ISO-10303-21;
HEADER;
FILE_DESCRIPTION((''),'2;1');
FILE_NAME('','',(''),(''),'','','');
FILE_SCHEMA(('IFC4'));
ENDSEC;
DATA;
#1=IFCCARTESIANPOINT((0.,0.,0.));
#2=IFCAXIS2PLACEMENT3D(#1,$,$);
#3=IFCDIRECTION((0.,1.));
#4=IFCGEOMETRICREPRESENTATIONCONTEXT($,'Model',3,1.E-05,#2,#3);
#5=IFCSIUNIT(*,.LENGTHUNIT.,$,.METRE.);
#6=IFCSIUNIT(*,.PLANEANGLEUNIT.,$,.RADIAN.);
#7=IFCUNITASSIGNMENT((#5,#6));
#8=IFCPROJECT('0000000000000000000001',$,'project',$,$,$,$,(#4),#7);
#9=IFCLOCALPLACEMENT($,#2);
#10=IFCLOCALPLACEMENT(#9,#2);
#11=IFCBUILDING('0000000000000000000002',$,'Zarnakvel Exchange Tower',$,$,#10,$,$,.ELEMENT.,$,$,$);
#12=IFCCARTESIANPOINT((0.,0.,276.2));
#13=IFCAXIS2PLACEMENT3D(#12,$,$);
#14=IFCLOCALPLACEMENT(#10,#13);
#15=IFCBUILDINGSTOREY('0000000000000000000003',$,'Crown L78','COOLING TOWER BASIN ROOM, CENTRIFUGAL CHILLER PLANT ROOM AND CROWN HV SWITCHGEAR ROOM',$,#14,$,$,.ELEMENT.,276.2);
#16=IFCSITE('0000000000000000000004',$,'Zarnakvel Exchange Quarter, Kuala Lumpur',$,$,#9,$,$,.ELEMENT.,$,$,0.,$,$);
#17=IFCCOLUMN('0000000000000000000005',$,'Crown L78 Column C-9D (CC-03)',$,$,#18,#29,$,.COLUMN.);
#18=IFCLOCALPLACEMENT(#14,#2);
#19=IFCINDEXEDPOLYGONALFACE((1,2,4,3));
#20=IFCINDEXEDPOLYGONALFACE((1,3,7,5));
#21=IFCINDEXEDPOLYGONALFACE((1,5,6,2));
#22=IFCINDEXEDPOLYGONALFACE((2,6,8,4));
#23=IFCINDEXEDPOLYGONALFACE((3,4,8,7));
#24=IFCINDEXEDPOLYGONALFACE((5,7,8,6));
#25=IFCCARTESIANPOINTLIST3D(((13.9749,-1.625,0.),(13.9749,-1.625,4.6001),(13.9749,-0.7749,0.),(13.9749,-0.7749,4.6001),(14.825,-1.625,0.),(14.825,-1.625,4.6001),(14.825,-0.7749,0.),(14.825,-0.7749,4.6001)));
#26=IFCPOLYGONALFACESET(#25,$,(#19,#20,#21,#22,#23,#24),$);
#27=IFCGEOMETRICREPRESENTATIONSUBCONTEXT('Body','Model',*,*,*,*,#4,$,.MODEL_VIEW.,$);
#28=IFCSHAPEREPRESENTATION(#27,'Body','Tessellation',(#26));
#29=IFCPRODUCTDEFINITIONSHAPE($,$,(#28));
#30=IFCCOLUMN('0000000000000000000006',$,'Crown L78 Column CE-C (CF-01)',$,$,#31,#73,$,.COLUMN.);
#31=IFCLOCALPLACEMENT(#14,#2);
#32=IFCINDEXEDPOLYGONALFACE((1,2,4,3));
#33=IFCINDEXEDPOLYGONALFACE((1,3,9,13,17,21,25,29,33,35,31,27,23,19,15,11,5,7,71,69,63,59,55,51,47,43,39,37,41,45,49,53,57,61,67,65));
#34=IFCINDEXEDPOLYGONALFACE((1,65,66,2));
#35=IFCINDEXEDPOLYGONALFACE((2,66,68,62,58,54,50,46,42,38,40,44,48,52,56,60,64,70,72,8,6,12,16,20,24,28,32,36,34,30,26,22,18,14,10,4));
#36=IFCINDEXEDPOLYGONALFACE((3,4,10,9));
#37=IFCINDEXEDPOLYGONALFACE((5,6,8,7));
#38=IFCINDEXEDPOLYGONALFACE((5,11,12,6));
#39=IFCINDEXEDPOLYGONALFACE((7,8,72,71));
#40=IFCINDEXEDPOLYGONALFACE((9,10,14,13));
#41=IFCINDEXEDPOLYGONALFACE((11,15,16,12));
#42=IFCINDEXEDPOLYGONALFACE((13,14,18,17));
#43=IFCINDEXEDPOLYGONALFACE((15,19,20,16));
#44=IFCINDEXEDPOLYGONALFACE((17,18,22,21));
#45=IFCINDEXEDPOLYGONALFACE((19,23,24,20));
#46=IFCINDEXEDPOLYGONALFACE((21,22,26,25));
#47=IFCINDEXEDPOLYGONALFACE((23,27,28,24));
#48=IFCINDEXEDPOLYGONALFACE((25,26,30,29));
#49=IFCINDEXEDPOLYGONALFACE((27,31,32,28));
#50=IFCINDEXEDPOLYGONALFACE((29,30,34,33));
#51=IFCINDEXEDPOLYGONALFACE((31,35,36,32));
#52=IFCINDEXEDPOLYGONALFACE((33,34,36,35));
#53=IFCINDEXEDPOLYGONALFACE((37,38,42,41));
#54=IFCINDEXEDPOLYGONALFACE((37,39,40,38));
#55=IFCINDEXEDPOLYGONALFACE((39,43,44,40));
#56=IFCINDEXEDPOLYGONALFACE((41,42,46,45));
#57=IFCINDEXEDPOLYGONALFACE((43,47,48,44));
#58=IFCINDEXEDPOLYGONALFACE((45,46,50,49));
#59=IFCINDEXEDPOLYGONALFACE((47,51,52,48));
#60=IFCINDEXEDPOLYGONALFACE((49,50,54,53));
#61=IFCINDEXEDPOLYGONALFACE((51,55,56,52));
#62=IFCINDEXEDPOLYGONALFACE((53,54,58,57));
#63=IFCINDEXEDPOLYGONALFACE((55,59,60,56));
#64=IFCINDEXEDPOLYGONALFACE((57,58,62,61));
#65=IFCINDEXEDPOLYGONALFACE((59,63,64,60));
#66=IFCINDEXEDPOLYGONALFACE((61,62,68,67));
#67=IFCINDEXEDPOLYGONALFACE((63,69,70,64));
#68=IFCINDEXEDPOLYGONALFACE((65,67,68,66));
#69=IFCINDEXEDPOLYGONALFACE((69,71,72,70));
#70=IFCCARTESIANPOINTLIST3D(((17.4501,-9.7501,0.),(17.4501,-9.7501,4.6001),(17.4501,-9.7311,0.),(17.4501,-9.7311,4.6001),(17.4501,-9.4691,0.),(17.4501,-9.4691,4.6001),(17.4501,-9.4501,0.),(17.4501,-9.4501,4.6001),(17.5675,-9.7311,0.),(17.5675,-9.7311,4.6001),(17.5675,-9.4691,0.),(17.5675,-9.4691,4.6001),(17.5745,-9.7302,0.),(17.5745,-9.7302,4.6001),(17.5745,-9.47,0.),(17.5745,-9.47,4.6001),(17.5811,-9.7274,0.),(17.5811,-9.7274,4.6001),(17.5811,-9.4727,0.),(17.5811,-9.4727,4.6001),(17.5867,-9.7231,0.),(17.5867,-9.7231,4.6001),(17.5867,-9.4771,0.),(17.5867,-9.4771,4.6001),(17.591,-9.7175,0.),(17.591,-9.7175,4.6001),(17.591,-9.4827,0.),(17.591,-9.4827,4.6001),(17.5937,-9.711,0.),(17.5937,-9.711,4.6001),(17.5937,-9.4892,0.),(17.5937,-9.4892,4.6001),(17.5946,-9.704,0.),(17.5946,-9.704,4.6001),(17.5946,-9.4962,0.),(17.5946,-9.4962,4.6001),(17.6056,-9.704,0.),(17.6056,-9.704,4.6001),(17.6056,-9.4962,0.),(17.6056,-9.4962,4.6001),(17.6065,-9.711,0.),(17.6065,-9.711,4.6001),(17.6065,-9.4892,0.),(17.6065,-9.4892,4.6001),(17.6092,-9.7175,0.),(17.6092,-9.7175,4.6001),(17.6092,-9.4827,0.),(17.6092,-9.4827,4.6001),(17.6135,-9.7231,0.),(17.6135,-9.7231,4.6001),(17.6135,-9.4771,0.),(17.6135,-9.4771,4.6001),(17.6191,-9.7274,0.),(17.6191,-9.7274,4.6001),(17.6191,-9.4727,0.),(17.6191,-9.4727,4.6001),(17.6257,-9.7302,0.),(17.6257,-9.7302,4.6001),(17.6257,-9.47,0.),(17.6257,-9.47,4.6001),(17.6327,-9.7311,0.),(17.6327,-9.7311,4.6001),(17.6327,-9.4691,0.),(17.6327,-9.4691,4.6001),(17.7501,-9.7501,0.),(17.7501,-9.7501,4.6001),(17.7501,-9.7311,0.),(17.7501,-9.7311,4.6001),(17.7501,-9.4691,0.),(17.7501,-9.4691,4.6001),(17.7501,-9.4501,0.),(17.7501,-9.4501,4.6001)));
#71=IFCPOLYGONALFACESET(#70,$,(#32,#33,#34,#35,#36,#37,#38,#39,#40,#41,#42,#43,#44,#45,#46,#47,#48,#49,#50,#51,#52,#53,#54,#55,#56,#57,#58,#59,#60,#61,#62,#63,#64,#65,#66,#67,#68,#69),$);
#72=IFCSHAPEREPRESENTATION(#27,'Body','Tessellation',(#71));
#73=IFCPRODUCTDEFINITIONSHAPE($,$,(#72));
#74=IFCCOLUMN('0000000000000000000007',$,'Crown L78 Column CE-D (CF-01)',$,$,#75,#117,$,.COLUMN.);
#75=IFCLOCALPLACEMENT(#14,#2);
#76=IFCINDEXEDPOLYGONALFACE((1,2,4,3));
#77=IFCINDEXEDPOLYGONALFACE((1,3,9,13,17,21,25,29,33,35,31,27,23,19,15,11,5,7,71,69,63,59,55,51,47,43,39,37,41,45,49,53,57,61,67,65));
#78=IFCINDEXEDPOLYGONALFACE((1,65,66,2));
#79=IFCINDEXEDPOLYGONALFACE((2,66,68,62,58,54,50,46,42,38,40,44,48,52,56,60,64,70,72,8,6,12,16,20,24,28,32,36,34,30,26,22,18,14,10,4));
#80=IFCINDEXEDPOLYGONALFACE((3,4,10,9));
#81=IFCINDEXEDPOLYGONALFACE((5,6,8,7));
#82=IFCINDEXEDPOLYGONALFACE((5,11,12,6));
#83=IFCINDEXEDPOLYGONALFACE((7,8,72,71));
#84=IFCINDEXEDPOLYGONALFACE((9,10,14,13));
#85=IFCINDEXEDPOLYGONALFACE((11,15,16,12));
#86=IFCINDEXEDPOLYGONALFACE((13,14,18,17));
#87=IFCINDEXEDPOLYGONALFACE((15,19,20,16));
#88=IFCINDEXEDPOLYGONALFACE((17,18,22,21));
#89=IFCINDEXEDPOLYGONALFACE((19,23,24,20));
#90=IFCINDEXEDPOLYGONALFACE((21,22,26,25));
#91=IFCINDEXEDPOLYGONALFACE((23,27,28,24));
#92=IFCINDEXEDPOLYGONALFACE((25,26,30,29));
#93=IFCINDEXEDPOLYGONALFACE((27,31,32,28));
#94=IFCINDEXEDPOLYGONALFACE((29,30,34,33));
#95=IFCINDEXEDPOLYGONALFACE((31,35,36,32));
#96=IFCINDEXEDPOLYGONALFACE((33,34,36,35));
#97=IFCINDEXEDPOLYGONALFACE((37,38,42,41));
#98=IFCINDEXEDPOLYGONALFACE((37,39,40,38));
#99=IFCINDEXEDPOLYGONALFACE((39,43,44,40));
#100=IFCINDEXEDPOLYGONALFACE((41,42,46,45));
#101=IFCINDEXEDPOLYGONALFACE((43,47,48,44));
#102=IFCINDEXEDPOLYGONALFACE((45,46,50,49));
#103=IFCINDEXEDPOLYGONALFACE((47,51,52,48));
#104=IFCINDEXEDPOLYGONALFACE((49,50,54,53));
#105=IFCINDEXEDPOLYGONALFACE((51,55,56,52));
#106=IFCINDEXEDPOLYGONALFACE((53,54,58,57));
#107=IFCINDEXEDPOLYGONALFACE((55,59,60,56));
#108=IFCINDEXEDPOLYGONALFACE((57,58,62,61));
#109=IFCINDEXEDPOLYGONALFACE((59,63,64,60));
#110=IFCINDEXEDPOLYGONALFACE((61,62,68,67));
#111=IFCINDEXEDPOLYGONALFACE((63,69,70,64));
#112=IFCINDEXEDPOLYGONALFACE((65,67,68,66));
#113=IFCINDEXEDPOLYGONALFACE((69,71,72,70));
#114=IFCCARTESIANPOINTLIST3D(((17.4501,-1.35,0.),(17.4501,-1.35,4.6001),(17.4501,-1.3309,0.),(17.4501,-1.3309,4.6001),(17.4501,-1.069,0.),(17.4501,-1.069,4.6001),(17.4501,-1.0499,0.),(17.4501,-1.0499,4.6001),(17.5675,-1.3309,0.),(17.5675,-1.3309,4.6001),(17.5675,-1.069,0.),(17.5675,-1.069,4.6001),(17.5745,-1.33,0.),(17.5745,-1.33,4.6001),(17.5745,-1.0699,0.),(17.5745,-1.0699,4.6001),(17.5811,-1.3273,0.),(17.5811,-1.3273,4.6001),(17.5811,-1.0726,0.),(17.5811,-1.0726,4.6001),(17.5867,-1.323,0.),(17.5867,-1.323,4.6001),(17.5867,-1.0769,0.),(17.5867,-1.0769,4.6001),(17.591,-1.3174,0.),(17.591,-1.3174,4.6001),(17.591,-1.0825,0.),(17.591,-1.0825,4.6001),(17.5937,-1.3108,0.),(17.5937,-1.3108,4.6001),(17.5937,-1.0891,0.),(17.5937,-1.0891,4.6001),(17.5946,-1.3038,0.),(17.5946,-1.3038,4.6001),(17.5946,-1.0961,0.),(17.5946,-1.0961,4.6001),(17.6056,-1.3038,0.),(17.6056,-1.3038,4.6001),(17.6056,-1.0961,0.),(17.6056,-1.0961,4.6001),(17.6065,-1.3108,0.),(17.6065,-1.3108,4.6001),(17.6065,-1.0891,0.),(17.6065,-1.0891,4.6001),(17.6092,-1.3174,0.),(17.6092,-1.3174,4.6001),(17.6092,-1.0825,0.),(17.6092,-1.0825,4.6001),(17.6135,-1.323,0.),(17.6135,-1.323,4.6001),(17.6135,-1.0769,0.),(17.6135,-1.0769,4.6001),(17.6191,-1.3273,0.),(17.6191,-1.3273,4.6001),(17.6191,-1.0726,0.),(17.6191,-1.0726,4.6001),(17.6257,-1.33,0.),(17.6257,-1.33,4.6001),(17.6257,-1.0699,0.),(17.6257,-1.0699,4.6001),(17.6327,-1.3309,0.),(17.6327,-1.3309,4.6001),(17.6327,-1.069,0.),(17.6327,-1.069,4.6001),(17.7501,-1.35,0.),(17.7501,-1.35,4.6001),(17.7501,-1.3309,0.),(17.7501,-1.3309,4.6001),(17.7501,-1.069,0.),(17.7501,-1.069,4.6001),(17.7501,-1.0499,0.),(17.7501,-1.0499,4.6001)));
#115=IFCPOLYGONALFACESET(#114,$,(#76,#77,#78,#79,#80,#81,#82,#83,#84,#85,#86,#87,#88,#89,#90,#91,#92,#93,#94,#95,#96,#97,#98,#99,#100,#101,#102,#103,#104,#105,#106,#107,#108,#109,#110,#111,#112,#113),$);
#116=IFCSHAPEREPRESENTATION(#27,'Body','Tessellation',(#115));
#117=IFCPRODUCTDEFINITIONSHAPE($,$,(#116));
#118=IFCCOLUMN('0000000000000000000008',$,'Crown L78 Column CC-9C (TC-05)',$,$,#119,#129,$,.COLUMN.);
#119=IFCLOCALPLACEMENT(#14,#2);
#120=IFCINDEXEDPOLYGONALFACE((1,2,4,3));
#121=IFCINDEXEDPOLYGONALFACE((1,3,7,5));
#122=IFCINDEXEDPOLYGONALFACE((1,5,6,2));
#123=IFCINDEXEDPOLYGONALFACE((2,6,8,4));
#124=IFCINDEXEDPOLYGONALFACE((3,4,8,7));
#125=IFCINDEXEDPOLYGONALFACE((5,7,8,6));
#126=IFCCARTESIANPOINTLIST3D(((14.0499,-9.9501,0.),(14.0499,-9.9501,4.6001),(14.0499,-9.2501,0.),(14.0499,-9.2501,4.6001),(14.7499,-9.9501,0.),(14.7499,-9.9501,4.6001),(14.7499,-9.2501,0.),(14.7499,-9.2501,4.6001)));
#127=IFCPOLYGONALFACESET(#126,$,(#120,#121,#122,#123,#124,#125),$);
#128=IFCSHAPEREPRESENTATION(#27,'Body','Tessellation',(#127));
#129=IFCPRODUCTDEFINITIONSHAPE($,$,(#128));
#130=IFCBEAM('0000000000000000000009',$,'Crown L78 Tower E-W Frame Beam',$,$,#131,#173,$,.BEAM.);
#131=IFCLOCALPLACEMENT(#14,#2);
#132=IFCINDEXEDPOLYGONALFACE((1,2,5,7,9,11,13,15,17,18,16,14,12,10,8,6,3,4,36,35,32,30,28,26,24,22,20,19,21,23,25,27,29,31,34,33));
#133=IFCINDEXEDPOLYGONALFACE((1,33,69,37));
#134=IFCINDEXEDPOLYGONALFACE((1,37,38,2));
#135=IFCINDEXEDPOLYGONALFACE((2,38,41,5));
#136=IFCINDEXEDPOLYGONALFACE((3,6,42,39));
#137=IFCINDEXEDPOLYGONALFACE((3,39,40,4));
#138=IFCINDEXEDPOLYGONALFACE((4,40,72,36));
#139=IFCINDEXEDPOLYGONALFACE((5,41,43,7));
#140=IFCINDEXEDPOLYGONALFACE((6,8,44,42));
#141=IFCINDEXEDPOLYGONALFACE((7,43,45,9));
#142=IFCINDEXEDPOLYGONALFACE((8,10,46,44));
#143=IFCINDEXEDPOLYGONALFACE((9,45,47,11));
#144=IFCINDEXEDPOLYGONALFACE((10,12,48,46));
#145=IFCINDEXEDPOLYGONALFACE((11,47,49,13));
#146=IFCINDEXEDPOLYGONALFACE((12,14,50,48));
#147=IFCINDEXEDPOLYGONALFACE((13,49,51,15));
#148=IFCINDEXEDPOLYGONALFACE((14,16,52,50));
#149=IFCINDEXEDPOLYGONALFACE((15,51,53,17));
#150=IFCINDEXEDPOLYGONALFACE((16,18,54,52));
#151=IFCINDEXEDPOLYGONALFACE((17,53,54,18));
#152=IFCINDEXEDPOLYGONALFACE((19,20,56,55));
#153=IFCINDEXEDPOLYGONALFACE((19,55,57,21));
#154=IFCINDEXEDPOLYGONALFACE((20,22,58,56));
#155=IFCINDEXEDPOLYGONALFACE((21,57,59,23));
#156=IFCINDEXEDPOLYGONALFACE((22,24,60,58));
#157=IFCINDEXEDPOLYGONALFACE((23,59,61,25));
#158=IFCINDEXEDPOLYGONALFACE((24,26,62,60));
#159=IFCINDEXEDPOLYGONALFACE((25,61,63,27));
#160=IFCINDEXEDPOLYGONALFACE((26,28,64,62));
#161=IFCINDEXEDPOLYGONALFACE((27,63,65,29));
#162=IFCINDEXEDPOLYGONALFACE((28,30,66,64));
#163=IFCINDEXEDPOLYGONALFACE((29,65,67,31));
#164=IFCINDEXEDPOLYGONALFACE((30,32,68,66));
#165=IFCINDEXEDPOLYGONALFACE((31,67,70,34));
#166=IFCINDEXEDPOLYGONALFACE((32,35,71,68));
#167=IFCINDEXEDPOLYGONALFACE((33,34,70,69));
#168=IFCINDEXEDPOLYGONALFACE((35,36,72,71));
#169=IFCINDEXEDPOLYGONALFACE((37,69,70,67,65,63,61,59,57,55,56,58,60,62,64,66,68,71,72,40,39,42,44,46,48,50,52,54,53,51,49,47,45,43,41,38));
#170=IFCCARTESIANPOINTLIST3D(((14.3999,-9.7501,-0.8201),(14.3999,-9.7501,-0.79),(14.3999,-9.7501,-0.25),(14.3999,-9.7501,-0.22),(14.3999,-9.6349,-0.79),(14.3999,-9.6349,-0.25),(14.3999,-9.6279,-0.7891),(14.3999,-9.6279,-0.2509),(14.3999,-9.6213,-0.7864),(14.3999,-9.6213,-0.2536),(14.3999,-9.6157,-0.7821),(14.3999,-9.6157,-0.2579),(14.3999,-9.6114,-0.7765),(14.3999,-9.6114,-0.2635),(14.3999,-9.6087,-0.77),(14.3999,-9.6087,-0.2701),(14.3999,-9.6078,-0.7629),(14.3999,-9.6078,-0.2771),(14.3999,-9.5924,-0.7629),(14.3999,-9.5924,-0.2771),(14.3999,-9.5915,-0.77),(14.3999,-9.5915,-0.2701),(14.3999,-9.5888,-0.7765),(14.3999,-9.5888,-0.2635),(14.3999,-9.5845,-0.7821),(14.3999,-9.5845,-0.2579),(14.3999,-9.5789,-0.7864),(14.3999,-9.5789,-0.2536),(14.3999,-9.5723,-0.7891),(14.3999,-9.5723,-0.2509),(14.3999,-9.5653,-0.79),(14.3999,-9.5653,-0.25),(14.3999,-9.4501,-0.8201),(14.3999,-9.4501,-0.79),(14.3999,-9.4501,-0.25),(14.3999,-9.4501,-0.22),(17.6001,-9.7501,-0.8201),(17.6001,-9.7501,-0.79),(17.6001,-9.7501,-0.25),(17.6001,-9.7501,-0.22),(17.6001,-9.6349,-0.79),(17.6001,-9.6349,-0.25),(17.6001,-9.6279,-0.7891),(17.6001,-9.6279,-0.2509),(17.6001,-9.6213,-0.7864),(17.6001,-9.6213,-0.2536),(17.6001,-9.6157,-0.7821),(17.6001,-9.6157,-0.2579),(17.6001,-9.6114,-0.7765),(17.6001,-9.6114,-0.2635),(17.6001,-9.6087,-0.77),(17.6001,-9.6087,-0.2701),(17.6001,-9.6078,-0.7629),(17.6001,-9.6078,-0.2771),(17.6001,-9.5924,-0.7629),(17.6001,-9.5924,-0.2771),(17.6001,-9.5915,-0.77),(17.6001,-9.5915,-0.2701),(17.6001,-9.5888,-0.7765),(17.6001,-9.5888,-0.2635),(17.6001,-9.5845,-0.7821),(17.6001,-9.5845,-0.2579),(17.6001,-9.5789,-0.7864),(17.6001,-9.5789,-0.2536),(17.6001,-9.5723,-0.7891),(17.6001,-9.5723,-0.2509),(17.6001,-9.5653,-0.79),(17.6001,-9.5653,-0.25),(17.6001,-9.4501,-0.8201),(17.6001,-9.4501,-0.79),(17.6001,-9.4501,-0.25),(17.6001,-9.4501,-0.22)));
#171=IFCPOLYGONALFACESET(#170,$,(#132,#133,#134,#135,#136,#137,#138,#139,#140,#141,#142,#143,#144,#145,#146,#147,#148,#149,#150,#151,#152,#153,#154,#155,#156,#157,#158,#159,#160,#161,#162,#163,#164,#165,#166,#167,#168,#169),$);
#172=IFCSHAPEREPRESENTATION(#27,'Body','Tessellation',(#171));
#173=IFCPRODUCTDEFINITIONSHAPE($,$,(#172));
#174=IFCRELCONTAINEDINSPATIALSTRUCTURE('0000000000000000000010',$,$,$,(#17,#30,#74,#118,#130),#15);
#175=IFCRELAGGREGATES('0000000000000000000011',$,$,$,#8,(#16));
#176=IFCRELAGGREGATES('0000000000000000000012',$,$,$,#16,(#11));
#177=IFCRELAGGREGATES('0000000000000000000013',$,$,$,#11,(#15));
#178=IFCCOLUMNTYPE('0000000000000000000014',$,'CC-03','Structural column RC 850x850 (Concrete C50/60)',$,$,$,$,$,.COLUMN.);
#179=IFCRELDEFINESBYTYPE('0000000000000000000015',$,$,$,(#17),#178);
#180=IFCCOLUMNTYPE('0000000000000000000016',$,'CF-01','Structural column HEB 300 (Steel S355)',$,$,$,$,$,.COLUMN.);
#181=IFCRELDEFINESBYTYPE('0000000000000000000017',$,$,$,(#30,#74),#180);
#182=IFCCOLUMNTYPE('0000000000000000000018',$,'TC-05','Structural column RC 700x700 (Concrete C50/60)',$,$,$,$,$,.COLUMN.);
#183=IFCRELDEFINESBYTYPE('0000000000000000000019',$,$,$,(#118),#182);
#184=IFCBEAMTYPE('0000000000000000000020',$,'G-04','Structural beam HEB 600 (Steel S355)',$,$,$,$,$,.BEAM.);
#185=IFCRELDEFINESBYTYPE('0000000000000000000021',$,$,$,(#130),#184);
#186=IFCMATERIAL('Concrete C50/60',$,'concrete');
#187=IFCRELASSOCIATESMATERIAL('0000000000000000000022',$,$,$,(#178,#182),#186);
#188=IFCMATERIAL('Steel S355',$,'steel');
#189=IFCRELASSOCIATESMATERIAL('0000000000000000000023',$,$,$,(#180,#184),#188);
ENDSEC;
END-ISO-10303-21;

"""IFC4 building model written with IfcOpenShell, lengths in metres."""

from ifc_helpers import new_model, si_unit, direction, frame, origin, origin_2d, place, context, subcontext, project, spatial, rectangle, i_section, extrude, material, material_profile, profile_set, type_object, element, save


model = new_model("IFC4")

# Units and contexts
model_context = context("Model", 3, precision=1e-05, world=origin(), true_north=direction((0.0, 1.0)))
body_context = subcontext(model_context, "Body", "Model", "MODEL_VIEW")
ifc_project = project(units=[si_unit("LENGTHUNIT", "METRE"), si_unit("PLANEANGLEUNIT", "RADIAN")], contexts=[model_context])

# Site, building, storey
site_placement = place(None, origin())
site = spatial("IfcSite", under=ifc_project, at=site_placement, Name="Zarnakvel Exchange Quarter, Kuala Lumpur", CompositionType="ELEMENT", RefElevation=0.0)
building_placement = place(site_placement, origin())
building = spatial("IfcBuilding", under=site, at=building_placement, Name="Zarnakvel Exchange Tower", CompositionType="ELEMENT")
storey_placement = place(building_placement, frame((0.0, 0.0, 276.2)))
storey = spatial("IfcBuildingStorey", under=building, at=storey_placement, Name="Crown L78", Description="COOLING TOWER BASIN ROOM, CENTRIFUGAL CHILLER PLANT ROOM AND CROWN HV SWITCHGEAR ROOM", CompositionType="ELEMENT", Elevation=276.2)

# Columns
ifc_material_1 = material(Name="Concrete C50/60", Category="concrete")
ifc_material_profile_1 = material_profile(ifc_material_1, rectangle(XDim=0.8501, YDim=0.8501, at=origin_2d()))
ifc_profile_set_1 = profile_set([ifc_material_profile_1], Name="Concrete C50/60")
column_type_1 = type_object("IfcColumnType", Name="CC-03", Description="Structural column RC 850x850 (Concrete C50/60)", PredefinedType="COLUMN", material=ifc_profile_set_1)
column_1_placement = place(storey_placement, frame((14.3999, -1.2, 0.0), z_axis=(0.0, 0.0, 1.0), x_axis=(1.0, 0.0, 0.0)))
element("IfcColumn", 1, at=column_1_placement, inside=storey, type_object=column_type_1, Name="Crown L78 Column C-9D (CC-03)", PredefinedType="COLUMN", context=body_context, shape_type="SweptSolid", body=[
    extrude(rectangle(XDim=0.8501, YDim=0.8501, at=origin_2d()), origin(), (0.0, 0.0, 1.0), 4.6001),
])
ifc_material_2 = material(Name="Steel S355", Category="steel")
ifc_material_profile_2 = material_profile(ifc_material_2, i_section(OverallWidth=0.3, OverallDepth=0.3, WebThickness=0.011, FlangeThickness=0.019, FilletRadius=0.0271, at=origin_2d()))
ifc_profile_set_2 = profile_set([ifc_material_profile_2], Name="Steel S355")
column_type_2 = type_object("IfcColumnType", Name="CF-01", Description="Structural column HEB 300 (Steel S355)", PredefinedType="COLUMN", material=ifc_profile_set_2)
for number, where, z_axis, x_axis, name in (
    (2, (17.6001, -9.6001, 0.0), (0.0, 0.0, 1.0), (1.0, 0.0, 0.0), "Crown L78 Column CE-C (CF-01)"),
    (3, (17.6001, -1.2, 0.0), (0.0, 0.0, 1.0), (1.0, 0.0, 0.0), "Crown L78 Column CE-D (CF-01)"),
):
    element("IfcColumn", number, at=place(storey_placement, frame(where, z_axis=z_axis, x_axis=x_axis)), inside=storey, type_object=column_type_2, Name=name, PredefinedType="COLUMN", context=body_context, shape_type="SweptSolid", body=[
        extrude(i_section(OverallWidth=0.3, OverallDepth=0.3, WebThickness=0.011, FlangeThickness=0.019, FilletRadius=0.0271, at=origin_2d()), origin(), (0.0, 0.0, 1.0), 4.6001),
    ])
ifc_material_profile_3 = material_profile(ifc_material_1, rectangle(XDim=0.7, YDim=0.7, at=origin_2d()))
ifc_profile_set_3 = profile_set([ifc_material_profile_3], Name="Concrete C50/60")
column_type_3 = type_object("IfcColumnType", Name="TC-05", Description="Structural column RC 700x700 (Concrete C50/60)", PredefinedType="COLUMN", material=ifc_profile_set_3)
column_2_placement = place(storey_placement, frame((14.3999, -9.6001, 0.0), z_axis=(0.0, 0.0, 1.0), x_axis=(1.0, 0.0, 0.0)))
element("IfcColumn", 4, at=column_2_placement, inside=storey, type_object=column_type_3, Name="Crown L78 Column CC-9C (TC-05)", PredefinedType="COLUMN", context=body_context, shape_type="SweptSolid", body=[
    extrude(rectangle(XDim=0.7, YDim=0.7, at=origin_2d()), origin(), (0.0, 0.0, 1.0), 4.6001),
])

# Beam
ifc_material_profile_4 = material_profile(ifc_material_2, i_section(OverallWidth=0.3, OverallDepth=0.6001, WebThickness=0.0154, FlangeThickness=0.03, FilletRadius=0.0271, at=origin_2d()))
ifc_profile_set_4 = profile_set([ifc_material_profile_4], Name="Steel S355")
beam_type_1 = type_object("IfcBeamType", Name="G-04", Description="Structural beam HEB 600 (Steel S355)", PredefinedType="BEAM", material=ifc_profile_set_4)
for number, where, z_axis, x_axis, name in (
    (5, (14.3999, -9.6001, -0.52), (1.0, 0.0, 0.0), (0.0, 1.0, 0.0), "Crown L78 Tower E-W Frame Beam"),
):
    element("IfcBeam", number, at=place(storey_placement, frame(where, z_axis=z_axis, x_axis=x_axis)), inside=storey, type_object=beam_type_1, Name=name, PredefinedType="BEAM", context=body_context, shape_type="SweptSolid", body=[
        extrude(i_section(OverallWidth=0.3, OverallDepth=0.6001, WebThickness=0.0154, FlangeThickness=0.03, FilletRadius=0.0271, at=origin_2d()), origin(), (0.0, 0.0, 1.0), 3.2002),
    ])

save(model, "model.ifc")
